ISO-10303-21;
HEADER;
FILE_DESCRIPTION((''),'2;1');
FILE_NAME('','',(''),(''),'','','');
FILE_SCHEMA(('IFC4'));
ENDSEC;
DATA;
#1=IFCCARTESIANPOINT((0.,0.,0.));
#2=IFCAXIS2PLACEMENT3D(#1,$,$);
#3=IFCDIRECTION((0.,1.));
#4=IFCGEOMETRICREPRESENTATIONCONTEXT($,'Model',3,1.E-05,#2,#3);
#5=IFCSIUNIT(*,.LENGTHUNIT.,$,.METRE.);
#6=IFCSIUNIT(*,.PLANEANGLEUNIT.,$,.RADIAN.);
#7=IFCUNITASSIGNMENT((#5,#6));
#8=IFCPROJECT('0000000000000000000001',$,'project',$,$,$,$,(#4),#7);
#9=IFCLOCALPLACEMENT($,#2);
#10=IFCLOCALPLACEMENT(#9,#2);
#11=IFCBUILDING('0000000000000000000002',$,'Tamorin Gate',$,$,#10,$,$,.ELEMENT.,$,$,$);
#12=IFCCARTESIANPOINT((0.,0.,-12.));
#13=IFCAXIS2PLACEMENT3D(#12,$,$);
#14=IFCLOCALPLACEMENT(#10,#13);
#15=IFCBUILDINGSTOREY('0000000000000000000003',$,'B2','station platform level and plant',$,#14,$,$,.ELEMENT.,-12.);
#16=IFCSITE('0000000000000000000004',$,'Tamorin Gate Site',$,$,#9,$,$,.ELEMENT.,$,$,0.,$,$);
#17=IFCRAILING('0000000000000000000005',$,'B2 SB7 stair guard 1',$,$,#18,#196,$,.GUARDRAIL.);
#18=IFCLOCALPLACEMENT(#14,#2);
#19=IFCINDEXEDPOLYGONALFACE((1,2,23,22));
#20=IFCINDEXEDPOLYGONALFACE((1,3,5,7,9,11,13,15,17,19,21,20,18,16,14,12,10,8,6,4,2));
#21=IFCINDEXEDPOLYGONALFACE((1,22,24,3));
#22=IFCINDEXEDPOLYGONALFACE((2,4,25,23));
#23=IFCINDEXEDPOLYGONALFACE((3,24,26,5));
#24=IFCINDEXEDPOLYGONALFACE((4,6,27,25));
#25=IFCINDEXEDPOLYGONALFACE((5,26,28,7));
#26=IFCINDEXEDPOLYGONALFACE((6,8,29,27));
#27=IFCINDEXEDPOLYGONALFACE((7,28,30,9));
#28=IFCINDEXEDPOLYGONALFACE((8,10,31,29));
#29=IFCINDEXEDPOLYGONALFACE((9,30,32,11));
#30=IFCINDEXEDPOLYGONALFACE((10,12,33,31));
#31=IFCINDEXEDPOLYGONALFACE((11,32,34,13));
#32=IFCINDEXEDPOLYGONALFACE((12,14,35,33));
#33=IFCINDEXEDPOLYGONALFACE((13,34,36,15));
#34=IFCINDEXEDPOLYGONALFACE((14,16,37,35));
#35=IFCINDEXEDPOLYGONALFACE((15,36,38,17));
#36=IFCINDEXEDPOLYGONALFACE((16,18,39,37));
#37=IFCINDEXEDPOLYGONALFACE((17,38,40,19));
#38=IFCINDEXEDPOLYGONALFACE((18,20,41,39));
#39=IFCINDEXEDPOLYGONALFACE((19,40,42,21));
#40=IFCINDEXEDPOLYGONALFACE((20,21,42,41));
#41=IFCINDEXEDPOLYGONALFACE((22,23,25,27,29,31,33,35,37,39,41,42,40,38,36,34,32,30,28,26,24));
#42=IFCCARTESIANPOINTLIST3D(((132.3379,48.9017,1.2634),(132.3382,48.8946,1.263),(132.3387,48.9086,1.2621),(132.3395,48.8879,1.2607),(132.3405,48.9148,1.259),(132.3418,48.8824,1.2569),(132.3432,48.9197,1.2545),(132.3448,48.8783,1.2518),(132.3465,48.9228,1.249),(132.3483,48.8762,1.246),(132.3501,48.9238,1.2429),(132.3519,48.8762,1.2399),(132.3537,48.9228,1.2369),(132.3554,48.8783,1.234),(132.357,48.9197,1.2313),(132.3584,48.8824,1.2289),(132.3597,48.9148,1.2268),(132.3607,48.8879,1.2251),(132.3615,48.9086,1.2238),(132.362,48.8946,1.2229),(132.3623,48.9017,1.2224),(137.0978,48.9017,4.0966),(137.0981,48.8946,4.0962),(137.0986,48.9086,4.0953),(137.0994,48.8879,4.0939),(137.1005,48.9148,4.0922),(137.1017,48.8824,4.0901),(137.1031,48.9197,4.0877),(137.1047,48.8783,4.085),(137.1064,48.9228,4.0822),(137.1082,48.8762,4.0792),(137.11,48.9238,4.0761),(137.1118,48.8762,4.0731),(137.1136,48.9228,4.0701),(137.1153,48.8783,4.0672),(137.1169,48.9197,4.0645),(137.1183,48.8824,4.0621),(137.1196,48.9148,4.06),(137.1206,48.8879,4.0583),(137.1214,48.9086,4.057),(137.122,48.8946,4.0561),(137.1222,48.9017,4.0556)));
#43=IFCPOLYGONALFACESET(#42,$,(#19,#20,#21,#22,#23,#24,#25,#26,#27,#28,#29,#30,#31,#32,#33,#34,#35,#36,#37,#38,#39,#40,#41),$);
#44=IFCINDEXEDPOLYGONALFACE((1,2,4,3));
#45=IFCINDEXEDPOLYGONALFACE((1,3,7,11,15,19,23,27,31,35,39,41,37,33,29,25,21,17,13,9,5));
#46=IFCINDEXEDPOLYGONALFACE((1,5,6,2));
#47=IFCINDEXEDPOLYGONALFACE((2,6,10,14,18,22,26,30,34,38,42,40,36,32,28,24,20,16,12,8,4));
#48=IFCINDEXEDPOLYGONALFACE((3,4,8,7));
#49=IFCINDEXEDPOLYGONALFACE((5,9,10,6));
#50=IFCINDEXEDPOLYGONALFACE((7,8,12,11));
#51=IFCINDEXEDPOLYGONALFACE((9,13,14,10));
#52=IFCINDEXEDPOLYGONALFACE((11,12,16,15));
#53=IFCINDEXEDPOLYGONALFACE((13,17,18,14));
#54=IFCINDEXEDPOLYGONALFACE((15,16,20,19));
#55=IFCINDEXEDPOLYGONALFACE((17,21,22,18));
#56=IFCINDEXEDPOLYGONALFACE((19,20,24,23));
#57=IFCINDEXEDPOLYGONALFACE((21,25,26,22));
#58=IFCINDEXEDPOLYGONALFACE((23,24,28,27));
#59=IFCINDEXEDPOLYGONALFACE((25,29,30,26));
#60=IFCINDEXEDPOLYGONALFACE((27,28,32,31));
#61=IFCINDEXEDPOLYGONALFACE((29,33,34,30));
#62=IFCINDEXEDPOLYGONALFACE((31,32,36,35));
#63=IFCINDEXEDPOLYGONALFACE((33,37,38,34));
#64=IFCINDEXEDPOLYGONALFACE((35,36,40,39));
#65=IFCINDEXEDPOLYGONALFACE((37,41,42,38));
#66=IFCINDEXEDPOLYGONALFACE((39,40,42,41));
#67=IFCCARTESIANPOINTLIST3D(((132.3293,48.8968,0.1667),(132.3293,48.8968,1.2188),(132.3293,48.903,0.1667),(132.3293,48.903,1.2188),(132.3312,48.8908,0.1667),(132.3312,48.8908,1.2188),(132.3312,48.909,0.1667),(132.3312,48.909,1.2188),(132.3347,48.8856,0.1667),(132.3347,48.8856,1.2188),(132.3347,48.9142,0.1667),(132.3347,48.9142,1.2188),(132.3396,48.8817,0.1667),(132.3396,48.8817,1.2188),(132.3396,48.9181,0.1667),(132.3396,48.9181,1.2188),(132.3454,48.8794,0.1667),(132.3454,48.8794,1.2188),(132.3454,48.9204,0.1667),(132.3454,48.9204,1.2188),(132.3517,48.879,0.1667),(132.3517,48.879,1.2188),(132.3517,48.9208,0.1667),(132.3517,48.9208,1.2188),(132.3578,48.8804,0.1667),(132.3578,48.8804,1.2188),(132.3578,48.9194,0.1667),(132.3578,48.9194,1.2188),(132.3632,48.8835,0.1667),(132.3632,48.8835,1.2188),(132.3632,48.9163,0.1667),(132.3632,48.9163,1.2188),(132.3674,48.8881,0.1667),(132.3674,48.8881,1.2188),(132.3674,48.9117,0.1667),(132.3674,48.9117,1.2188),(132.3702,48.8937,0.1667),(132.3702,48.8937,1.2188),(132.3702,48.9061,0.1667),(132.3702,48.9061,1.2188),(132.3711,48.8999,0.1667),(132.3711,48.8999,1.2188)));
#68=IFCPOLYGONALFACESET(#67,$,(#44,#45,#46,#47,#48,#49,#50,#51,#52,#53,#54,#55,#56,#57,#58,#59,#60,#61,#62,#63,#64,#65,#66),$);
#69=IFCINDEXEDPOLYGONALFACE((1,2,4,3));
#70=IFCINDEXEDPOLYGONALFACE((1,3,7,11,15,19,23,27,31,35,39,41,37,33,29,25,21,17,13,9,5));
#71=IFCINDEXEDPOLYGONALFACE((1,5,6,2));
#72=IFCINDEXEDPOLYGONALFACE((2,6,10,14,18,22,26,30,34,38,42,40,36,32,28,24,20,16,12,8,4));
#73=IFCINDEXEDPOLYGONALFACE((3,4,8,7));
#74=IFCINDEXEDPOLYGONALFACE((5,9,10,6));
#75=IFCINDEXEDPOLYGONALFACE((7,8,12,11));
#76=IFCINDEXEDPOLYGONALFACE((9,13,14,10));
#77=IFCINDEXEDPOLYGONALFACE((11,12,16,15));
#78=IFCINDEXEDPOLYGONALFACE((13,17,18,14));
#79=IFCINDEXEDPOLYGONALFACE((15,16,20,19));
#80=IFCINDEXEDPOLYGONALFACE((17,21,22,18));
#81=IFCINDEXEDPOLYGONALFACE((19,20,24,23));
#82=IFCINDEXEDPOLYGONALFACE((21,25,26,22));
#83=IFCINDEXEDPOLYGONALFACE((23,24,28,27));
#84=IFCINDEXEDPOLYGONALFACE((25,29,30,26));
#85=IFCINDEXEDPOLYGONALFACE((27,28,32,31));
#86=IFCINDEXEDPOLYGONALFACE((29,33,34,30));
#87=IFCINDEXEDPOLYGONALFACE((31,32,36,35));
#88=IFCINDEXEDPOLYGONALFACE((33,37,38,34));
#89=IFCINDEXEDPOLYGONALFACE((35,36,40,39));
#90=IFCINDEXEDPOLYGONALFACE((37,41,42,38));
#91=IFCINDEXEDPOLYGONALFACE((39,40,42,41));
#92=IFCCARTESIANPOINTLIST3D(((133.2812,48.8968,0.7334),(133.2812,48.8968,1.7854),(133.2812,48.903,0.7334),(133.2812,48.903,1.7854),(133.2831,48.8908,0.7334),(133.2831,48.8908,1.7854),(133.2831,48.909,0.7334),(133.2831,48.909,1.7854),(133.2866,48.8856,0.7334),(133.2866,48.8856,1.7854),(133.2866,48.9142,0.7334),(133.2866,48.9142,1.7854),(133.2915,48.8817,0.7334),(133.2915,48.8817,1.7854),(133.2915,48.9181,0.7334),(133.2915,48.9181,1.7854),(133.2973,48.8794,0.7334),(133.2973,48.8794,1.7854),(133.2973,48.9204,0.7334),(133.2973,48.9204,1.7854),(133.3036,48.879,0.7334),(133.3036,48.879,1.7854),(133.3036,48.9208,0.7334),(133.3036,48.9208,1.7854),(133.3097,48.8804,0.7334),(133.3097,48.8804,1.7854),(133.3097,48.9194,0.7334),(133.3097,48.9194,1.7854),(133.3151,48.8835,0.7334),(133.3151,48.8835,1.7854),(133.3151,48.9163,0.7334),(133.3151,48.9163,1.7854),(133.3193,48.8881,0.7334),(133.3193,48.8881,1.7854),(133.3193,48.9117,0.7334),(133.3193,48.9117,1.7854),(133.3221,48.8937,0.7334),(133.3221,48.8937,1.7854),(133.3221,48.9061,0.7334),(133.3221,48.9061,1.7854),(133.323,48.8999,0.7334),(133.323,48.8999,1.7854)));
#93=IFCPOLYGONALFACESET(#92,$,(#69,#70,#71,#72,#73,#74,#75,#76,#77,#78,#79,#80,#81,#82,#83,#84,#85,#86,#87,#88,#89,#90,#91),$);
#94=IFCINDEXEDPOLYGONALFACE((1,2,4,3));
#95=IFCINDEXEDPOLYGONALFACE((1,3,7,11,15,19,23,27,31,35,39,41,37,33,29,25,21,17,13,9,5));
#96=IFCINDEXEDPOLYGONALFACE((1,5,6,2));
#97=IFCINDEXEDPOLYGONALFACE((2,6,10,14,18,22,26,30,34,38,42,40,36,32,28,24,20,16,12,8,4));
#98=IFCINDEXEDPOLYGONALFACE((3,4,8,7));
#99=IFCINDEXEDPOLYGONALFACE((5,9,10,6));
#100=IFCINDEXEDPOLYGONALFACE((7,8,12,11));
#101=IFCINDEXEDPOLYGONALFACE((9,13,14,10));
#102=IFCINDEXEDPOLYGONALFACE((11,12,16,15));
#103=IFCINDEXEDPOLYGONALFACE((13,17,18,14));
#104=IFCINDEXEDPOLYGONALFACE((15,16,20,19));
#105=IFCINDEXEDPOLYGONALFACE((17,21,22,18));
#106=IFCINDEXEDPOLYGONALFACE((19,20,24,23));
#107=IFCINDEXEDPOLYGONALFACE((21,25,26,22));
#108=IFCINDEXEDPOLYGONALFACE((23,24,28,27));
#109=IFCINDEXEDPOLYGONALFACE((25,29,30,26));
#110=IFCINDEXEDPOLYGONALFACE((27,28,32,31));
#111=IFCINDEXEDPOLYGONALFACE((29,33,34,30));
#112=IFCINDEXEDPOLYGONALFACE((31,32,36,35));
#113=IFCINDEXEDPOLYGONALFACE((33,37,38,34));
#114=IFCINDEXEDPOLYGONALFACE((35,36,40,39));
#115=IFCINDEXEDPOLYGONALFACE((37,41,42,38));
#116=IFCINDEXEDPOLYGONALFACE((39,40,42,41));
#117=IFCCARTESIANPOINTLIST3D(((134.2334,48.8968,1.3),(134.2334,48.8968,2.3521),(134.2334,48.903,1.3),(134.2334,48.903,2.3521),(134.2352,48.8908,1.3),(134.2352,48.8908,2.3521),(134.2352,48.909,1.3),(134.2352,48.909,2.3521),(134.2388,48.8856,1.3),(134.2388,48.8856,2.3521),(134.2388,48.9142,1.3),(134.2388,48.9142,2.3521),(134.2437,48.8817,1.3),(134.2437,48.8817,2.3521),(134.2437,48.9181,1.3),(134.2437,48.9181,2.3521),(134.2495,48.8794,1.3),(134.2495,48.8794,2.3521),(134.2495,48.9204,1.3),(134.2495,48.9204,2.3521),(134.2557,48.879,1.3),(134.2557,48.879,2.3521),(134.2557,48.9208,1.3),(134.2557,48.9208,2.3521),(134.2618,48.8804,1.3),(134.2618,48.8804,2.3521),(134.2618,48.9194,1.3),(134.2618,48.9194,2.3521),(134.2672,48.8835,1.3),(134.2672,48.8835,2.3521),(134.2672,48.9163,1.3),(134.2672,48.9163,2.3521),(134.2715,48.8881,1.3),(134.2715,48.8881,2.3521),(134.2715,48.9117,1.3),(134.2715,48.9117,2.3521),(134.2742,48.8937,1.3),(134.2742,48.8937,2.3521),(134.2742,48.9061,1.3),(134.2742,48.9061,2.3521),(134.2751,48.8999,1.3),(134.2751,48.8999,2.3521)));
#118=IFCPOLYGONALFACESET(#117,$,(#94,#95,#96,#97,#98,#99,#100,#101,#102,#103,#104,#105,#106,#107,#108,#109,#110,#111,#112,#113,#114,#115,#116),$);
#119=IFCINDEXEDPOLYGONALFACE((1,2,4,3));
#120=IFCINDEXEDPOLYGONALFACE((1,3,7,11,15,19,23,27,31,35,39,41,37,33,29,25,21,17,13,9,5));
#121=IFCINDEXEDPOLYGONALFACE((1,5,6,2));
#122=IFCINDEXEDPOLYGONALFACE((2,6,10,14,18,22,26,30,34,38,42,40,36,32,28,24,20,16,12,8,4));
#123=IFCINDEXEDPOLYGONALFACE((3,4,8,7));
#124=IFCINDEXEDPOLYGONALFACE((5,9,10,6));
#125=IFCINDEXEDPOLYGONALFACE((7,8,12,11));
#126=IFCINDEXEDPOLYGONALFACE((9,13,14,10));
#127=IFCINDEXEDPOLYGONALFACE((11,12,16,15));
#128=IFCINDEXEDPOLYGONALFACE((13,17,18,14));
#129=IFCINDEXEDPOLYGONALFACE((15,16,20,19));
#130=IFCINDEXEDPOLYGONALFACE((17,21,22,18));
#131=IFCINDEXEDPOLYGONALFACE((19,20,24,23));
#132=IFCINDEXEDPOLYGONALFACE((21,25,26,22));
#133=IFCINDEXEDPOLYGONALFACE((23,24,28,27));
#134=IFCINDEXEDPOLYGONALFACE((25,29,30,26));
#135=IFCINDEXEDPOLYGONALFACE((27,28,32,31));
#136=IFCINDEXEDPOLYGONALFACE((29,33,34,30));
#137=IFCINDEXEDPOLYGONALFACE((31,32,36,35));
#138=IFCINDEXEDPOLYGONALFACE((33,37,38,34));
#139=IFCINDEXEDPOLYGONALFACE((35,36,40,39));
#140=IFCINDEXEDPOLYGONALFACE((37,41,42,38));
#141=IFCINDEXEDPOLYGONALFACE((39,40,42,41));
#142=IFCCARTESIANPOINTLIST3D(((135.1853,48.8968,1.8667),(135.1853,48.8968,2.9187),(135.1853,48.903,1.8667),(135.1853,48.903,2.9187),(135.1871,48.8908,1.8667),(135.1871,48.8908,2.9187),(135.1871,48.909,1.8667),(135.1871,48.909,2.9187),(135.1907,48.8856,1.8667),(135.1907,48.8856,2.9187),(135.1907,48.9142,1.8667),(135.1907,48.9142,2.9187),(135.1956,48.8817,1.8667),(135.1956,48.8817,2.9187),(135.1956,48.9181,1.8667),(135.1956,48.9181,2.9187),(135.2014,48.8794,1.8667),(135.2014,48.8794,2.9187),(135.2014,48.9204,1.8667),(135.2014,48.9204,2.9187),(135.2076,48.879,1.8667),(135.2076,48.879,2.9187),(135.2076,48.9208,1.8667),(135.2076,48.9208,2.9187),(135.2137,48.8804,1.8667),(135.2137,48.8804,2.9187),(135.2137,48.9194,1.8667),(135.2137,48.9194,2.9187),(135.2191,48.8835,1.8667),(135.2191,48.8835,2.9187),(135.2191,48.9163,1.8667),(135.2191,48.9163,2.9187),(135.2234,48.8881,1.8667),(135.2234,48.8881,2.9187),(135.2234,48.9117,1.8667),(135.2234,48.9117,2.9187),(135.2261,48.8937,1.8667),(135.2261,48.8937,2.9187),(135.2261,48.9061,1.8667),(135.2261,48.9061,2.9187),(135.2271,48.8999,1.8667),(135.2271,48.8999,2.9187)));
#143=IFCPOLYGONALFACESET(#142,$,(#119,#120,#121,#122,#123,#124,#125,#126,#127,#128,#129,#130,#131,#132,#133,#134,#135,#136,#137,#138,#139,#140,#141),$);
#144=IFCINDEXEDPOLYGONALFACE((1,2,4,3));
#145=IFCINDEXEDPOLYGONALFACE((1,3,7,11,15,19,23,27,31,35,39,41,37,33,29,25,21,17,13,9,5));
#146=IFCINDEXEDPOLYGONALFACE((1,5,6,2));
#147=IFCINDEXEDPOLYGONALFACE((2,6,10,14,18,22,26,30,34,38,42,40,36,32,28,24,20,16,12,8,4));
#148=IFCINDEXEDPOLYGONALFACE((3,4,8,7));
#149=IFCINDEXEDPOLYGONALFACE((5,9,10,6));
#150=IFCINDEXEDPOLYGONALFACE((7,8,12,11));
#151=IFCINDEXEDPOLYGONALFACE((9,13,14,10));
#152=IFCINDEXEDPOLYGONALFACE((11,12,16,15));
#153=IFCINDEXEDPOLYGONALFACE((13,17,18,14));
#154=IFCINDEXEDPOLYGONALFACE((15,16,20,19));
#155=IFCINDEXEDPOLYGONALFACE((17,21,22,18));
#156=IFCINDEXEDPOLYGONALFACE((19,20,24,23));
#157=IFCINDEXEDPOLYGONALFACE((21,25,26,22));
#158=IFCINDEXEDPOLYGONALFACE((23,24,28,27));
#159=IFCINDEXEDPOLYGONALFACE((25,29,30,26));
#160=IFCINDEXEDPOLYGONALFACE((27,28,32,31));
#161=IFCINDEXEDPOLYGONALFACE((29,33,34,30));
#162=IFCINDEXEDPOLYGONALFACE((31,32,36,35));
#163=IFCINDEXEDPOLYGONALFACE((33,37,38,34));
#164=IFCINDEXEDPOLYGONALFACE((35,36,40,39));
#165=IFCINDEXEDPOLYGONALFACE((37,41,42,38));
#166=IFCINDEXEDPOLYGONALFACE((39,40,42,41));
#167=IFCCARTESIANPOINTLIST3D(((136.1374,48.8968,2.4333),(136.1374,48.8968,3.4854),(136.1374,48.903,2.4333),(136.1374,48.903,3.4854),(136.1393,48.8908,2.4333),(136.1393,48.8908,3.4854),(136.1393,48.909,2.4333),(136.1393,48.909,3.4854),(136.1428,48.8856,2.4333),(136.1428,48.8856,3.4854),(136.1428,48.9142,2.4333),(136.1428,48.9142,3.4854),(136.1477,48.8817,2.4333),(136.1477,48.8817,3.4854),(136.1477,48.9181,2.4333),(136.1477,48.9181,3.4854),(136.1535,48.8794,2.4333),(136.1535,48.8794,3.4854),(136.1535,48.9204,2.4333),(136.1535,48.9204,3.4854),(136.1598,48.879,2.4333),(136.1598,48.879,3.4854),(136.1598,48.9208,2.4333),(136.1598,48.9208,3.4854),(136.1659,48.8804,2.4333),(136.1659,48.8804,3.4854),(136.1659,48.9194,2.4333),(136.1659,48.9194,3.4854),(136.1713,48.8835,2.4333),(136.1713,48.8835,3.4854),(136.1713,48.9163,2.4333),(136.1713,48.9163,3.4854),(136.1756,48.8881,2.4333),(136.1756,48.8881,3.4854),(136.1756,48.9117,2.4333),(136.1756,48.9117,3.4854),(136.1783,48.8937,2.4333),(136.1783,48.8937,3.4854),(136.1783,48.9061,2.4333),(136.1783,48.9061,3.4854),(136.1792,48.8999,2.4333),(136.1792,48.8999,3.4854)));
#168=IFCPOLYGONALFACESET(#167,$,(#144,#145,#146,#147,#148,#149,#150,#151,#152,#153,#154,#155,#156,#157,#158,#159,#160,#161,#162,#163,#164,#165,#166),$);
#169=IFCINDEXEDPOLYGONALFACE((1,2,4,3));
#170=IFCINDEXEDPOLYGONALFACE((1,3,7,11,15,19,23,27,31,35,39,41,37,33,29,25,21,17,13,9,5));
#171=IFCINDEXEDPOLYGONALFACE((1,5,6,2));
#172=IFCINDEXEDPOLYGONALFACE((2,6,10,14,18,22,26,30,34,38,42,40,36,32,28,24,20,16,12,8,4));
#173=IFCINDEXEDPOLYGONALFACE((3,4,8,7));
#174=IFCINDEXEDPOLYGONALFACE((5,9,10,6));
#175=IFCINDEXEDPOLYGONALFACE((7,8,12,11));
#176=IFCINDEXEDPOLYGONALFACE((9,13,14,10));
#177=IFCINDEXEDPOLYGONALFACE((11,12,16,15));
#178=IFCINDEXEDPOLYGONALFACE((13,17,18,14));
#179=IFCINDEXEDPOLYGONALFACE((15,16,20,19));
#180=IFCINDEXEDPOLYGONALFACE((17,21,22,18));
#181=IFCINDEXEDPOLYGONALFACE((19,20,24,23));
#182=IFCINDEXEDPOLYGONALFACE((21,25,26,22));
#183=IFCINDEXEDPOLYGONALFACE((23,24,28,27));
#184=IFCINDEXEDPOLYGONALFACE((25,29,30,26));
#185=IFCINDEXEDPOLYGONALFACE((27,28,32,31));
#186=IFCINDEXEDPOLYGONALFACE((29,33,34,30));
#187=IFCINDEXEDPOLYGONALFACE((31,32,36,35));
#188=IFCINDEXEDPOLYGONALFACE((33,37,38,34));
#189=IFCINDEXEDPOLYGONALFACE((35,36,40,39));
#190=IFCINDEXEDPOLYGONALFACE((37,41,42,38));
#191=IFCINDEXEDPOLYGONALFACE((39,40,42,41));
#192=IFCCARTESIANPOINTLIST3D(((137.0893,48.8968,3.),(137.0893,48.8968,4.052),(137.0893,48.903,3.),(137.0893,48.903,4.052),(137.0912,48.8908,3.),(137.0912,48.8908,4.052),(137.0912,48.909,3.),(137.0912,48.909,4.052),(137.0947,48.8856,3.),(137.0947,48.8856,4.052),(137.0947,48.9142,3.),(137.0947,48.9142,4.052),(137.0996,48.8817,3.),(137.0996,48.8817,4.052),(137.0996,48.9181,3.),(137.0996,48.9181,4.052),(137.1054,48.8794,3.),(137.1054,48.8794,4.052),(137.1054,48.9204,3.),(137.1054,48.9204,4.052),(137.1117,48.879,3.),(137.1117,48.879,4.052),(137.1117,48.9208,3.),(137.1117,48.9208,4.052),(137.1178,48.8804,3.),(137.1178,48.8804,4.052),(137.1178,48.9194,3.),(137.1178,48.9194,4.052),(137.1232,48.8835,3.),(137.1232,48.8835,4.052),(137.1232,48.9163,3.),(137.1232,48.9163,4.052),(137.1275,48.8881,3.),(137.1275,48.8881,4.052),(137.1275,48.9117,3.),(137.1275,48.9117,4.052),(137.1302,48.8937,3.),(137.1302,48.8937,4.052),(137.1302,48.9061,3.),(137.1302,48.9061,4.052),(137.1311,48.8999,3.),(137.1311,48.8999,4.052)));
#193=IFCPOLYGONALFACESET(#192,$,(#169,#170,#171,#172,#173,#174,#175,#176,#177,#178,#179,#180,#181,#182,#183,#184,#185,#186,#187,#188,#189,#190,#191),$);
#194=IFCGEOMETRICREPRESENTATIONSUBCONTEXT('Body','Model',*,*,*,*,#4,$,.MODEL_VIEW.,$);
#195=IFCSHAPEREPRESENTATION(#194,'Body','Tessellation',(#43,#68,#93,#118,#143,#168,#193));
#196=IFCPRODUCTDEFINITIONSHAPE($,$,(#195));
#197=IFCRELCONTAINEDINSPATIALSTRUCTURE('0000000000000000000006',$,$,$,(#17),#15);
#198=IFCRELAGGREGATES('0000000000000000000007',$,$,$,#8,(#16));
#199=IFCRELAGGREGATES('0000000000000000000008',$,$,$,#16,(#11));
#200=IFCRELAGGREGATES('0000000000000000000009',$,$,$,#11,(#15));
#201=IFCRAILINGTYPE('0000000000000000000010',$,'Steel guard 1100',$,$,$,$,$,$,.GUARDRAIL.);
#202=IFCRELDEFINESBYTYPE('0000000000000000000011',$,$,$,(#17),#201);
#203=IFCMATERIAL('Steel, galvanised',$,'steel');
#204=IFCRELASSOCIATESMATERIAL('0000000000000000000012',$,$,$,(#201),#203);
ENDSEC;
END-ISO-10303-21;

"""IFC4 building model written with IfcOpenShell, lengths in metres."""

from ifc_helpers import new_model, si_unit, direction, frame, origin, origin_2d, place, context, subcontext, project, spatial, circle, extrude, material, type_object, element, save


model = new_model("IFC4")

# Units and contexts
model_context = context("Model", 3, precision=1e-05, world=origin(), true_north=direction((0.0, 1.0)))
body_context = subcontext(model_context, "Body", "Model", "MODEL_VIEW")
ifc_project = project(units=[si_unit("LENGTHUNIT", "METRE"), si_unit("PLANEANGLEUNIT", "RADIAN")], contexts=[model_context])

# Site, building, storey
site_placement = place(None, origin())
site = spatial("IfcSite", under=ifc_project, at=site_placement, Name="Tamorin Gate Site", CompositionType="ELEMENT", RefElevation=0.0)
building_placement = place(site_placement, origin())
building = spatial("IfcBuilding", under=site, at=building_placement, Name="Tamorin Gate", CompositionType="ELEMENT")
storey_placement = place(building_placement, frame((0.0, 0.0, -12.0)))
storey = spatial("IfcBuildingStorey", under=building, at=storey_placement, Name="B2", Description="station platform level and plant", CompositionType="ELEMENT", Elevation=-12.0)

# Railing
ifc_material_1 = material(Name="Steel, galvanised", Category="steel")
railing_type_1 = type_object("IfcRailingType", Name="Steel guard 1100", PredefinedType="GUARDRAIL", material=ifc_material_1)
railing_1_placement = place(storey_placement, frame((132.3501, 48.8999, 0.1667)))
element("IfcRailing", 1, at=railing_1_placement, inside=storey, type_object=railing_type_1, Name="B2 SB7 stair guard 1", PredefinedType="GUARDRAIL", context=body_context, shape_type="SweptSolid", body=[
    extrude(circle(Radius=0.0239, at=origin_2d()), frame((0.0, 0.0, 1.0762), z_axis=(0.8593, 0.0, 0.511472), x_axis=(0.0, 1.0, 0.0)), (0.0, 0.0, 1.0), 5.5393),
    extrude(circle(Radius=0.021, at=origin_2d()), origin(), (0.0, 0.0, 1.0), 1.052),
    extrude(circle(Radius=0.021, at=origin_2d()), frame((0.9519, 0.0, 0.5667)), (0.0, 0.0, 1.0), 1.052),
    extrude(circle(Radius=0.021, at=origin_2d()), frame((1.9041, 0.0, 1.1333)), (0.0, 0.0, 1.0), 1.052),
    extrude(circle(Radius=0.021, at=origin_2d()), frame((2.856, 0.0, 1.7)), (0.0, 0.0, 1.0), 1.052),
    extrude(circle(Radius=0.021, at=origin_2d()), frame((3.8081, 0.0, 2.2666)), (0.0, 0.0, 1.0), 1.052),
    extrude(circle(Radius=0.021, at=origin_2d()), frame((4.76, 0.0, 2.8333)), (0.0, 0.0, 1.0), 1.052),
])

save(model, "model.ifc")
